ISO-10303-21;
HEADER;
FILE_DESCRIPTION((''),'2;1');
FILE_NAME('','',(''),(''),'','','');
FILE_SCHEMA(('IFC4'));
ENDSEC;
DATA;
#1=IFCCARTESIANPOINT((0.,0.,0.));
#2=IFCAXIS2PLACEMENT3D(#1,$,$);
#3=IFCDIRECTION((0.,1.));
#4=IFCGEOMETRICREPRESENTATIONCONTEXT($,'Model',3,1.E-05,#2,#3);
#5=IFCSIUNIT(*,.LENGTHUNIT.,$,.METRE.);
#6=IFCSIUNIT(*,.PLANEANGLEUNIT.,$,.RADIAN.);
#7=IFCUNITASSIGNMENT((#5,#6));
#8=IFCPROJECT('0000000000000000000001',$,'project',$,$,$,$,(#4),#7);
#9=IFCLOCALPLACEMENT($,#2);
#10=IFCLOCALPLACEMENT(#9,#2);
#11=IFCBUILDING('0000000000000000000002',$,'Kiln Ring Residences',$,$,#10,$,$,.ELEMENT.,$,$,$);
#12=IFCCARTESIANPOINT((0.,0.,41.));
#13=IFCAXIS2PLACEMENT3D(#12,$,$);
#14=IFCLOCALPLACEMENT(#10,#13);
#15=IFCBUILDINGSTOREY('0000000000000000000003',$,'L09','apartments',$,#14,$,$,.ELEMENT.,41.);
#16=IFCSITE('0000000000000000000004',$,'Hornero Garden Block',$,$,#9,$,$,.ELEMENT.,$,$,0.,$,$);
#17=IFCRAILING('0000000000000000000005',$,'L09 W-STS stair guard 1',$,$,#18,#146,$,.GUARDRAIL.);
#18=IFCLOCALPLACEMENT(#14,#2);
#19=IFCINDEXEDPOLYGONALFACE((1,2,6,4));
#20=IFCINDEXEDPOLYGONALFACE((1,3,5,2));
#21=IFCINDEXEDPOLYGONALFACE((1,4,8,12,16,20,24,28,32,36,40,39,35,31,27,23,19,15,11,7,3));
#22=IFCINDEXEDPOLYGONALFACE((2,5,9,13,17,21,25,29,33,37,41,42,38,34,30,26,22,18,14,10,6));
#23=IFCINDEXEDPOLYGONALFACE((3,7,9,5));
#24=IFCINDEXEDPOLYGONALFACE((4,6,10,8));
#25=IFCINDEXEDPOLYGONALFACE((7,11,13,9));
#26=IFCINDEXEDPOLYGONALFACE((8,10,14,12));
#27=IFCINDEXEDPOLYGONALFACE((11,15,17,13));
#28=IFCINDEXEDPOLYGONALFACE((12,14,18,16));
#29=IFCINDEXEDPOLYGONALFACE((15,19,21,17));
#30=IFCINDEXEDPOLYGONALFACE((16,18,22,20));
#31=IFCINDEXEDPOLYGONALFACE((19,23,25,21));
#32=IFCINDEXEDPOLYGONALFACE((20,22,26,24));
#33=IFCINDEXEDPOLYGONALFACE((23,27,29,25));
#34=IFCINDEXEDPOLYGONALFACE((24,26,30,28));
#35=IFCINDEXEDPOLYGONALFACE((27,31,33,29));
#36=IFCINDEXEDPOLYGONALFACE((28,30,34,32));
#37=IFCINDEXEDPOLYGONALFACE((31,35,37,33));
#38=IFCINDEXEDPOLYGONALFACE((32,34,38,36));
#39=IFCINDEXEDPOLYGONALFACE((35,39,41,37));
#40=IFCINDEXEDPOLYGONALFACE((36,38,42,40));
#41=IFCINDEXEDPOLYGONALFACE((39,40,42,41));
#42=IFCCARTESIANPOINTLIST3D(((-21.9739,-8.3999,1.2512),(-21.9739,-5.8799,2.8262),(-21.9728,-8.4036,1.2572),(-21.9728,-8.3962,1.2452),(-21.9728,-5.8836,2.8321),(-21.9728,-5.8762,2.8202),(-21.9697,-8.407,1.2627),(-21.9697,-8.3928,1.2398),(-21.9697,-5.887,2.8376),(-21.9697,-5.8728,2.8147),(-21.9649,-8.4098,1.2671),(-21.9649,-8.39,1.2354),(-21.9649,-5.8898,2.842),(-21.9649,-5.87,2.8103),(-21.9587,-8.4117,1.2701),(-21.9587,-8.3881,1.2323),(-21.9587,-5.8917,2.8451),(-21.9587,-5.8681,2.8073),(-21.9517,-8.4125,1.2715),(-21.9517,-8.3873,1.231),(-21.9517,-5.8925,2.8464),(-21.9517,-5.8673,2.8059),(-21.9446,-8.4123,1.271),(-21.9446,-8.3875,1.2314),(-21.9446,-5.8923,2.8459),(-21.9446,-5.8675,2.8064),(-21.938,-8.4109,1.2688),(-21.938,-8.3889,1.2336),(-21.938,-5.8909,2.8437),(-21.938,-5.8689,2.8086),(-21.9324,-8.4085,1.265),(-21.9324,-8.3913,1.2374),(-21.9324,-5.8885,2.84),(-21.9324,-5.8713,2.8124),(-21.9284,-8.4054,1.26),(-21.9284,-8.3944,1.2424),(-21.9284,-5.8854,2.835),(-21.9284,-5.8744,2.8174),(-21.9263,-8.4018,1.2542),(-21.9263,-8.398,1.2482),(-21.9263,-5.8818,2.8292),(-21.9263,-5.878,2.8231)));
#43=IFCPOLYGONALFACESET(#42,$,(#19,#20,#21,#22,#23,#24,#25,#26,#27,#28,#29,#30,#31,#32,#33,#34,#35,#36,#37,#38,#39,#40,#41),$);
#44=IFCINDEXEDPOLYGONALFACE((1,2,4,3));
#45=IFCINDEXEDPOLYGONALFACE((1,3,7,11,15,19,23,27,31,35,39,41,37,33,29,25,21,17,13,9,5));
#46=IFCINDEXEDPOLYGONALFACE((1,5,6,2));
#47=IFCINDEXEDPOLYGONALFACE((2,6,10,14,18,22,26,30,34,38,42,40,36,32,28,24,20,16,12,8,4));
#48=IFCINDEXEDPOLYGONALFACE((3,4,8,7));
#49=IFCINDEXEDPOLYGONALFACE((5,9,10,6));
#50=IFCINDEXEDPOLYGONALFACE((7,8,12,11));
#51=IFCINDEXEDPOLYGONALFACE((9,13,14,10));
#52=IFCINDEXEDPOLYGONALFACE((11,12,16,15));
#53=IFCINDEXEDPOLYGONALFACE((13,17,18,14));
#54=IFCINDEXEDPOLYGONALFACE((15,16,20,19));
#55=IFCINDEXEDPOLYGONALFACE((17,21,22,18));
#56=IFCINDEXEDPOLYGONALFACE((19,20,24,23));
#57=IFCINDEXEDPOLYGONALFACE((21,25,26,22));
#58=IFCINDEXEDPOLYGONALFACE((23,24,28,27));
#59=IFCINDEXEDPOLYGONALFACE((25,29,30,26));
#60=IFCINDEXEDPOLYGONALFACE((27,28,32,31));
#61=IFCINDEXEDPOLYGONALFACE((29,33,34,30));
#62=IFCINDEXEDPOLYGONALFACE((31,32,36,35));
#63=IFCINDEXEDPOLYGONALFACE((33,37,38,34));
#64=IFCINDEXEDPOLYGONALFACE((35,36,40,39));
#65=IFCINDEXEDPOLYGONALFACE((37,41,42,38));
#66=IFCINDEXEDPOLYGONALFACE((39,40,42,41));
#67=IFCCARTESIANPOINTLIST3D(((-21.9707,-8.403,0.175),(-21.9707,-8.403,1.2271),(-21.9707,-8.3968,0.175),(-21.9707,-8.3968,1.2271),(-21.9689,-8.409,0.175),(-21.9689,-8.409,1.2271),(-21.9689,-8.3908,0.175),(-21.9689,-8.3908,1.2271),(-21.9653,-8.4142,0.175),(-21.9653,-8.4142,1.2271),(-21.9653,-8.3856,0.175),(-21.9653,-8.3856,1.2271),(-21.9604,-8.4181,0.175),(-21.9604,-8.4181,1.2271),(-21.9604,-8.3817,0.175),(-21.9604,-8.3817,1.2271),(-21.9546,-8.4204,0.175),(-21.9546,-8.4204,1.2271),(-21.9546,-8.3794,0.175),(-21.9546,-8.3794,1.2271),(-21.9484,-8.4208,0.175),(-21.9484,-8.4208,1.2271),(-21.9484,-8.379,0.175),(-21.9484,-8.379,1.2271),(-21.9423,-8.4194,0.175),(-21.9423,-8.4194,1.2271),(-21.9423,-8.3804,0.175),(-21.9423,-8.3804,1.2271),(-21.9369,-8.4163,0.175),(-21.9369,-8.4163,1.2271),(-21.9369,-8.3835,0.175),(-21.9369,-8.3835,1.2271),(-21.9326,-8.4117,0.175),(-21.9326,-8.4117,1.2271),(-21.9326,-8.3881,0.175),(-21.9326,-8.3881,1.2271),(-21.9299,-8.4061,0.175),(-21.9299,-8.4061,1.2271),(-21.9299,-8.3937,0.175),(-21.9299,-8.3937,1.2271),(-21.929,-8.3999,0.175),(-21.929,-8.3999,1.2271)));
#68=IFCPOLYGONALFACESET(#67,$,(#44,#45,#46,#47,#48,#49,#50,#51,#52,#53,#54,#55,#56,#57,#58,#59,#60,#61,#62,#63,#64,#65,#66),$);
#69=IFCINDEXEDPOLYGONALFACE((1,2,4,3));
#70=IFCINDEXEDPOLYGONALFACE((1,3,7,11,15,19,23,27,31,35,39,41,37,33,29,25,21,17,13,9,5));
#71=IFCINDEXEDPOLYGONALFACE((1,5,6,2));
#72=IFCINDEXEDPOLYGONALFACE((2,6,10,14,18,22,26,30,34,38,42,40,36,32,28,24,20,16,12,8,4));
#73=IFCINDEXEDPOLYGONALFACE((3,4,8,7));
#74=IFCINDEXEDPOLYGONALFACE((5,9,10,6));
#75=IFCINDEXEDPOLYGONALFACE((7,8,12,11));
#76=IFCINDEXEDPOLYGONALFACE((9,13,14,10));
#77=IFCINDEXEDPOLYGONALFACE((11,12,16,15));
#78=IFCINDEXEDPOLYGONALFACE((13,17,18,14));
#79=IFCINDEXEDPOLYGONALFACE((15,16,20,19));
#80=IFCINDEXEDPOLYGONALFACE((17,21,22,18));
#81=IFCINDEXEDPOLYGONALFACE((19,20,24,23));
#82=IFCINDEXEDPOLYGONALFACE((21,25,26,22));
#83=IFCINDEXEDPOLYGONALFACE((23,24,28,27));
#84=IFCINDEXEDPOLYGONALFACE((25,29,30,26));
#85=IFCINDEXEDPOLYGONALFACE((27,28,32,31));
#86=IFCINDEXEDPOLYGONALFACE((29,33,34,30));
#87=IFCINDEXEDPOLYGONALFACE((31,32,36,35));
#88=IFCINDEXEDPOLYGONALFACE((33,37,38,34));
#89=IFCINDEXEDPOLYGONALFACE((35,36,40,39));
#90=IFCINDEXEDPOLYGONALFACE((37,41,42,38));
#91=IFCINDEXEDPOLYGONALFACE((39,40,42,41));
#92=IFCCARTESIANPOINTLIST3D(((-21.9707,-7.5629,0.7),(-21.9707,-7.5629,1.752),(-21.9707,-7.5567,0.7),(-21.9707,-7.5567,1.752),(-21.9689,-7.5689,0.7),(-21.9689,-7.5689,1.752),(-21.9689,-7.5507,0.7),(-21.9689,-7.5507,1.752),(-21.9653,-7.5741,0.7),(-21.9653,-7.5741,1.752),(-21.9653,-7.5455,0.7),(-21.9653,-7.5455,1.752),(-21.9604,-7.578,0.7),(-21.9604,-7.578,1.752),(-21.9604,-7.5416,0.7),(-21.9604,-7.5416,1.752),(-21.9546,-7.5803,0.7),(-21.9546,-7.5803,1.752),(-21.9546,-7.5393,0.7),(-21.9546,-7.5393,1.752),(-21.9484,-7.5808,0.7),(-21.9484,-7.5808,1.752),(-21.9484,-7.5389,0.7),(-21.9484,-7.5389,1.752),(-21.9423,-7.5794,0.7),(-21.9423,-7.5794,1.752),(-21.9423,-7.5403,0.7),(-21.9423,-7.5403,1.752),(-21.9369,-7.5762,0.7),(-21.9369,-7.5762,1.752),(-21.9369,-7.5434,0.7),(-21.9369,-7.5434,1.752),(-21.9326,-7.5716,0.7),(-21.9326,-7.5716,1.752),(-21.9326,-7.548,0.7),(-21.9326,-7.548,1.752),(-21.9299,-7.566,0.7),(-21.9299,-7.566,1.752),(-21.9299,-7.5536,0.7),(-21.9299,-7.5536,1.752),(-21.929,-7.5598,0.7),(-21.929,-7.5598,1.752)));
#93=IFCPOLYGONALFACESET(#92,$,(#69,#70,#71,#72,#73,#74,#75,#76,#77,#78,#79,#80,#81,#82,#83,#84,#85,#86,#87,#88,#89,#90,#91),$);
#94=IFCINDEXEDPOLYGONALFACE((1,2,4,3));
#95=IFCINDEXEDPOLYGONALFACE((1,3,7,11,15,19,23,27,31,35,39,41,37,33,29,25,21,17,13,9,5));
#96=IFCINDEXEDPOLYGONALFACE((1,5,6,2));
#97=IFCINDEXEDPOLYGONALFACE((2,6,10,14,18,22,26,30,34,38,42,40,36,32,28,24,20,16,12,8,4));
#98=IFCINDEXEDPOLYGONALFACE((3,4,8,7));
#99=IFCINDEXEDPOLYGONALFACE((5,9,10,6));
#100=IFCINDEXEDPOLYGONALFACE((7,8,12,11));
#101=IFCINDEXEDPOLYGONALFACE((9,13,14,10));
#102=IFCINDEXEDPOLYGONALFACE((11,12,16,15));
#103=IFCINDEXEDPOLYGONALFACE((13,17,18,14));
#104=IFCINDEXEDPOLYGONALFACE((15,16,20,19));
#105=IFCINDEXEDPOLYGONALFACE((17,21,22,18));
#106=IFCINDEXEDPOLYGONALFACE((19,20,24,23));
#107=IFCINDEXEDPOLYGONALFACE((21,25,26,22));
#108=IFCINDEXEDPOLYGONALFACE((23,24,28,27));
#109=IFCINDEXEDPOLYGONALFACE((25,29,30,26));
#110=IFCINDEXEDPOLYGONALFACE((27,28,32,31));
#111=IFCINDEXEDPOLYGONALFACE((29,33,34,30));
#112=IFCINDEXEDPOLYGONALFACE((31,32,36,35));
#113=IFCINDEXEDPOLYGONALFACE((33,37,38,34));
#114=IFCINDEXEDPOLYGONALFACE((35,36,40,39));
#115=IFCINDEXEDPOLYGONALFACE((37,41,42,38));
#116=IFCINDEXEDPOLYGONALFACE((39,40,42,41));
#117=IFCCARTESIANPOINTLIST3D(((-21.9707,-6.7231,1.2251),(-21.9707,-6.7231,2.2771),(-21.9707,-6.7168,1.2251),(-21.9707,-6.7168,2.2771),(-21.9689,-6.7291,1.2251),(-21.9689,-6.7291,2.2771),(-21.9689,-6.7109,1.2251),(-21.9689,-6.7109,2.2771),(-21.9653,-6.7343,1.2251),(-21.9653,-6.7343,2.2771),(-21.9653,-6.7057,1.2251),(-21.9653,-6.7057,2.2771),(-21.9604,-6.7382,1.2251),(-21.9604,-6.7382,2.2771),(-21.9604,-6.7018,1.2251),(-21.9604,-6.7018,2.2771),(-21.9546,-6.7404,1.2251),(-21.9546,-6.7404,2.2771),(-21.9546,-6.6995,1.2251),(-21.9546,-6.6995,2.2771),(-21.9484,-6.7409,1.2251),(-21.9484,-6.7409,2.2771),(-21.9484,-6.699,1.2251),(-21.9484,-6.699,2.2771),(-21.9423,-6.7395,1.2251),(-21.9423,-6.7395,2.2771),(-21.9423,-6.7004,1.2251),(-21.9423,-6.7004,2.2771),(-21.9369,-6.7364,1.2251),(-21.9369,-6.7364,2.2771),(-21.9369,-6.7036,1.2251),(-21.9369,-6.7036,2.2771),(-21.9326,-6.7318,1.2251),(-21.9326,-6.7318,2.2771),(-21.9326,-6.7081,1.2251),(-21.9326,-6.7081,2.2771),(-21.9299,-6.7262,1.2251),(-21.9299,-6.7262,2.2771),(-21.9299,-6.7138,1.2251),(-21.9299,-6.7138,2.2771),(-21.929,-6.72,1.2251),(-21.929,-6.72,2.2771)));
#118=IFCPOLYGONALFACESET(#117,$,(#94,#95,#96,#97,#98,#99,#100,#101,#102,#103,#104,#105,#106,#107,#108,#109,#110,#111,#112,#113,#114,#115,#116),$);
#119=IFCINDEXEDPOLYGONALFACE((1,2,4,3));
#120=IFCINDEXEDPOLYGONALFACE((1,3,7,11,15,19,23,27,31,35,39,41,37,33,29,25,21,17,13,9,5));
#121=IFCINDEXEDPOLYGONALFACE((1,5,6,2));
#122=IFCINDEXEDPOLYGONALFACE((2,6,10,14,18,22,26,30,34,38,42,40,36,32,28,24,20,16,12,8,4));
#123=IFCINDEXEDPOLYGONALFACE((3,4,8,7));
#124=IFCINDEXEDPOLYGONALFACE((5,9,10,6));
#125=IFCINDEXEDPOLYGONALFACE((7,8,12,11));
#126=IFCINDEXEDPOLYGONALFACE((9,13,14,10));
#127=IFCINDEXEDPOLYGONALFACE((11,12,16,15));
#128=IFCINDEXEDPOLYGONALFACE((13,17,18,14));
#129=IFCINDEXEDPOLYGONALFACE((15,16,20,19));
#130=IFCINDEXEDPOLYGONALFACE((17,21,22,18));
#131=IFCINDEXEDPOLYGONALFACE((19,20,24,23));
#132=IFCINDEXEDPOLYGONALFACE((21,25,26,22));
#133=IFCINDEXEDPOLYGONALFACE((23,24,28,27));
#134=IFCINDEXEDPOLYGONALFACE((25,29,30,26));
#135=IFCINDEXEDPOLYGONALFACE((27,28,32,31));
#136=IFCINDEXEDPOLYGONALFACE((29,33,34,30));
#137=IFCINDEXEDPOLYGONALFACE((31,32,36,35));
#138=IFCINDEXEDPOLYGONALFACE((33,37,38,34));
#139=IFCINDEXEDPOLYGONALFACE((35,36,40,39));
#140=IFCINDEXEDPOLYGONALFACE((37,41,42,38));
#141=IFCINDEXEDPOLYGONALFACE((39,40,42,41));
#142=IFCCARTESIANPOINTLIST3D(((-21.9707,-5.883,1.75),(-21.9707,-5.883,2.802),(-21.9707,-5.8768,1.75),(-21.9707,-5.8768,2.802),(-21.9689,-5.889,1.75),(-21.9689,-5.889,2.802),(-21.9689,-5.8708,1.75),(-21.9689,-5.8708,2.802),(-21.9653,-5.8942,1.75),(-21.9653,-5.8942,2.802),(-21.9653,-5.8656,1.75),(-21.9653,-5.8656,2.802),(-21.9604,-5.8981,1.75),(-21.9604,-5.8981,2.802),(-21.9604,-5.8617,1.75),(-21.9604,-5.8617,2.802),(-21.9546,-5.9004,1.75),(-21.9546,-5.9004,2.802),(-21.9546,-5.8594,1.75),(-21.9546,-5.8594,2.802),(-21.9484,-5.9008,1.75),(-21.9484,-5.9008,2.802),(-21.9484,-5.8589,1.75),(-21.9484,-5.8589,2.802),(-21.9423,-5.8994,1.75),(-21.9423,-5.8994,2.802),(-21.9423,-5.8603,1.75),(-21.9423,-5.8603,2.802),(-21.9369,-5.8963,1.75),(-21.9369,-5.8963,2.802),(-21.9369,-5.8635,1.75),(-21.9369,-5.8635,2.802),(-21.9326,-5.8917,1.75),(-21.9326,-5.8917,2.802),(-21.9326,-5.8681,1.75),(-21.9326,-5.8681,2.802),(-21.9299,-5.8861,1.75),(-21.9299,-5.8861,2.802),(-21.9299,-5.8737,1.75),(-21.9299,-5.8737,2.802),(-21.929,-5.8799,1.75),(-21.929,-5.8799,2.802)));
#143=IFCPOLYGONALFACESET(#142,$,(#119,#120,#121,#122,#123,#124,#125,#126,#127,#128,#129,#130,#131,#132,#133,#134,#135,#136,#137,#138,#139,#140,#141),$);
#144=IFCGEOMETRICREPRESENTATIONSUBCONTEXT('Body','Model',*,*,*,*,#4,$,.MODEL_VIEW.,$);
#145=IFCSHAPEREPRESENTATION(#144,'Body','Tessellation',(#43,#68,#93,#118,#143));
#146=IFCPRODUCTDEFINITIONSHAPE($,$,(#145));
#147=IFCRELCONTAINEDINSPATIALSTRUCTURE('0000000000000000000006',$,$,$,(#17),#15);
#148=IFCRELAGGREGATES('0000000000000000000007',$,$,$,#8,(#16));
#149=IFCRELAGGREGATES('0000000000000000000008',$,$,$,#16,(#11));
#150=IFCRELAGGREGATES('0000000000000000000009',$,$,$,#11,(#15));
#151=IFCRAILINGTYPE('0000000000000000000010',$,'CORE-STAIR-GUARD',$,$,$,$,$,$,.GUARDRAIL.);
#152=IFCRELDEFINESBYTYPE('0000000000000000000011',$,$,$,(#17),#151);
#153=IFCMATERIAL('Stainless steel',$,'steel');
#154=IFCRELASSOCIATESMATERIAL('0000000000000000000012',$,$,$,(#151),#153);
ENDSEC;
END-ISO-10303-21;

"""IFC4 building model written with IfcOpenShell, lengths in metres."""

from ifc_helpers import new_model, si_unit, direction, frame, origin, origin_2d, place, context, subcontext, project, spatial, circle, extrude, material, type_object, element, save


model = new_model("IFC4")

# Units and contexts
model_context = context("Model", 3, precision=1e-05, world=origin(), true_north=direction((0.0, 1.0)))
body_context = subcontext(model_context, "Body", "Model", "MODEL_VIEW")
ifc_project = project(units=[si_unit("LENGTHUNIT", "METRE"), si_unit("PLANEANGLEUNIT", "RADIAN")], contexts=[model_context])

# Site, building, storey
site_placement = place(None, origin())
site = spatial("IfcSite", under=ifc_project, at=site_placement, Name="Hornero Garden Block", CompositionType="ELEMENT", RefElevation=0.0)
building_placement = place(site_placement, origin())
building = spatial("IfcBuilding", under=site, at=building_placement, Name="Kiln Ring Residences", CompositionType="ELEMENT")
storey_placement = place(building_placement, frame((0.0, 0.0, 41.0)))
storey = spatial("IfcBuildingStorey", under=building, at=storey_placement, Name="L09", Description="apartments", CompositionType="ELEMENT", Elevation=41.0)

# Railing
ifc_material_1 = material(Name="Stainless steel", Category="steel")
railing_type_1 = type_object("IfcRailingType", Name="CORE-STAIR-GUARD", PredefinedType="GUARDRAIL", material=ifc_material_1)
railing_1_placement = place(storey_placement, frame((-21.95, -8.3999, 0.175)))
element("IfcRailing", 1, at=railing_1_placement, inside=storey, type_object=railing_type_1, Name="L09 W-STS stair guard 1", PredefinedType="GUARDRAIL", context=body_context, shape_type="SweptSolid", body=[
    extrude(circle(Radius=0.0239, at=origin_2d()), frame((0.0, 0.0, 1.0762), z_axis=(0.0, 0.848008, 0.529984), x_axis=(-1.0, 0.0, 0.0)), (0.0, 0.0, 1.0), 2.9717),
    extrude(circle(Radius=0.021, at=origin_2d()), origin(), (0.0, 0.0, 1.0), 1.052),
    extrude(circle(Radius=0.021, at=origin_2d()), frame((0.0, 0.8401, 0.5249)), (0.0, 0.0, 1.0), 1.052),
    extrude(circle(Radius=0.021, at=origin_2d()), frame((0.0, 1.6799, 1.05)), (0.0, 0.0, 1.0), 1.052),
    extrude(circle(Radius=0.021, at=origin_2d()), frame((0.0, 2.52, 1.575)), (0.0, 0.0, 1.0), 1.052),
])

save(model, "model.ifc")
